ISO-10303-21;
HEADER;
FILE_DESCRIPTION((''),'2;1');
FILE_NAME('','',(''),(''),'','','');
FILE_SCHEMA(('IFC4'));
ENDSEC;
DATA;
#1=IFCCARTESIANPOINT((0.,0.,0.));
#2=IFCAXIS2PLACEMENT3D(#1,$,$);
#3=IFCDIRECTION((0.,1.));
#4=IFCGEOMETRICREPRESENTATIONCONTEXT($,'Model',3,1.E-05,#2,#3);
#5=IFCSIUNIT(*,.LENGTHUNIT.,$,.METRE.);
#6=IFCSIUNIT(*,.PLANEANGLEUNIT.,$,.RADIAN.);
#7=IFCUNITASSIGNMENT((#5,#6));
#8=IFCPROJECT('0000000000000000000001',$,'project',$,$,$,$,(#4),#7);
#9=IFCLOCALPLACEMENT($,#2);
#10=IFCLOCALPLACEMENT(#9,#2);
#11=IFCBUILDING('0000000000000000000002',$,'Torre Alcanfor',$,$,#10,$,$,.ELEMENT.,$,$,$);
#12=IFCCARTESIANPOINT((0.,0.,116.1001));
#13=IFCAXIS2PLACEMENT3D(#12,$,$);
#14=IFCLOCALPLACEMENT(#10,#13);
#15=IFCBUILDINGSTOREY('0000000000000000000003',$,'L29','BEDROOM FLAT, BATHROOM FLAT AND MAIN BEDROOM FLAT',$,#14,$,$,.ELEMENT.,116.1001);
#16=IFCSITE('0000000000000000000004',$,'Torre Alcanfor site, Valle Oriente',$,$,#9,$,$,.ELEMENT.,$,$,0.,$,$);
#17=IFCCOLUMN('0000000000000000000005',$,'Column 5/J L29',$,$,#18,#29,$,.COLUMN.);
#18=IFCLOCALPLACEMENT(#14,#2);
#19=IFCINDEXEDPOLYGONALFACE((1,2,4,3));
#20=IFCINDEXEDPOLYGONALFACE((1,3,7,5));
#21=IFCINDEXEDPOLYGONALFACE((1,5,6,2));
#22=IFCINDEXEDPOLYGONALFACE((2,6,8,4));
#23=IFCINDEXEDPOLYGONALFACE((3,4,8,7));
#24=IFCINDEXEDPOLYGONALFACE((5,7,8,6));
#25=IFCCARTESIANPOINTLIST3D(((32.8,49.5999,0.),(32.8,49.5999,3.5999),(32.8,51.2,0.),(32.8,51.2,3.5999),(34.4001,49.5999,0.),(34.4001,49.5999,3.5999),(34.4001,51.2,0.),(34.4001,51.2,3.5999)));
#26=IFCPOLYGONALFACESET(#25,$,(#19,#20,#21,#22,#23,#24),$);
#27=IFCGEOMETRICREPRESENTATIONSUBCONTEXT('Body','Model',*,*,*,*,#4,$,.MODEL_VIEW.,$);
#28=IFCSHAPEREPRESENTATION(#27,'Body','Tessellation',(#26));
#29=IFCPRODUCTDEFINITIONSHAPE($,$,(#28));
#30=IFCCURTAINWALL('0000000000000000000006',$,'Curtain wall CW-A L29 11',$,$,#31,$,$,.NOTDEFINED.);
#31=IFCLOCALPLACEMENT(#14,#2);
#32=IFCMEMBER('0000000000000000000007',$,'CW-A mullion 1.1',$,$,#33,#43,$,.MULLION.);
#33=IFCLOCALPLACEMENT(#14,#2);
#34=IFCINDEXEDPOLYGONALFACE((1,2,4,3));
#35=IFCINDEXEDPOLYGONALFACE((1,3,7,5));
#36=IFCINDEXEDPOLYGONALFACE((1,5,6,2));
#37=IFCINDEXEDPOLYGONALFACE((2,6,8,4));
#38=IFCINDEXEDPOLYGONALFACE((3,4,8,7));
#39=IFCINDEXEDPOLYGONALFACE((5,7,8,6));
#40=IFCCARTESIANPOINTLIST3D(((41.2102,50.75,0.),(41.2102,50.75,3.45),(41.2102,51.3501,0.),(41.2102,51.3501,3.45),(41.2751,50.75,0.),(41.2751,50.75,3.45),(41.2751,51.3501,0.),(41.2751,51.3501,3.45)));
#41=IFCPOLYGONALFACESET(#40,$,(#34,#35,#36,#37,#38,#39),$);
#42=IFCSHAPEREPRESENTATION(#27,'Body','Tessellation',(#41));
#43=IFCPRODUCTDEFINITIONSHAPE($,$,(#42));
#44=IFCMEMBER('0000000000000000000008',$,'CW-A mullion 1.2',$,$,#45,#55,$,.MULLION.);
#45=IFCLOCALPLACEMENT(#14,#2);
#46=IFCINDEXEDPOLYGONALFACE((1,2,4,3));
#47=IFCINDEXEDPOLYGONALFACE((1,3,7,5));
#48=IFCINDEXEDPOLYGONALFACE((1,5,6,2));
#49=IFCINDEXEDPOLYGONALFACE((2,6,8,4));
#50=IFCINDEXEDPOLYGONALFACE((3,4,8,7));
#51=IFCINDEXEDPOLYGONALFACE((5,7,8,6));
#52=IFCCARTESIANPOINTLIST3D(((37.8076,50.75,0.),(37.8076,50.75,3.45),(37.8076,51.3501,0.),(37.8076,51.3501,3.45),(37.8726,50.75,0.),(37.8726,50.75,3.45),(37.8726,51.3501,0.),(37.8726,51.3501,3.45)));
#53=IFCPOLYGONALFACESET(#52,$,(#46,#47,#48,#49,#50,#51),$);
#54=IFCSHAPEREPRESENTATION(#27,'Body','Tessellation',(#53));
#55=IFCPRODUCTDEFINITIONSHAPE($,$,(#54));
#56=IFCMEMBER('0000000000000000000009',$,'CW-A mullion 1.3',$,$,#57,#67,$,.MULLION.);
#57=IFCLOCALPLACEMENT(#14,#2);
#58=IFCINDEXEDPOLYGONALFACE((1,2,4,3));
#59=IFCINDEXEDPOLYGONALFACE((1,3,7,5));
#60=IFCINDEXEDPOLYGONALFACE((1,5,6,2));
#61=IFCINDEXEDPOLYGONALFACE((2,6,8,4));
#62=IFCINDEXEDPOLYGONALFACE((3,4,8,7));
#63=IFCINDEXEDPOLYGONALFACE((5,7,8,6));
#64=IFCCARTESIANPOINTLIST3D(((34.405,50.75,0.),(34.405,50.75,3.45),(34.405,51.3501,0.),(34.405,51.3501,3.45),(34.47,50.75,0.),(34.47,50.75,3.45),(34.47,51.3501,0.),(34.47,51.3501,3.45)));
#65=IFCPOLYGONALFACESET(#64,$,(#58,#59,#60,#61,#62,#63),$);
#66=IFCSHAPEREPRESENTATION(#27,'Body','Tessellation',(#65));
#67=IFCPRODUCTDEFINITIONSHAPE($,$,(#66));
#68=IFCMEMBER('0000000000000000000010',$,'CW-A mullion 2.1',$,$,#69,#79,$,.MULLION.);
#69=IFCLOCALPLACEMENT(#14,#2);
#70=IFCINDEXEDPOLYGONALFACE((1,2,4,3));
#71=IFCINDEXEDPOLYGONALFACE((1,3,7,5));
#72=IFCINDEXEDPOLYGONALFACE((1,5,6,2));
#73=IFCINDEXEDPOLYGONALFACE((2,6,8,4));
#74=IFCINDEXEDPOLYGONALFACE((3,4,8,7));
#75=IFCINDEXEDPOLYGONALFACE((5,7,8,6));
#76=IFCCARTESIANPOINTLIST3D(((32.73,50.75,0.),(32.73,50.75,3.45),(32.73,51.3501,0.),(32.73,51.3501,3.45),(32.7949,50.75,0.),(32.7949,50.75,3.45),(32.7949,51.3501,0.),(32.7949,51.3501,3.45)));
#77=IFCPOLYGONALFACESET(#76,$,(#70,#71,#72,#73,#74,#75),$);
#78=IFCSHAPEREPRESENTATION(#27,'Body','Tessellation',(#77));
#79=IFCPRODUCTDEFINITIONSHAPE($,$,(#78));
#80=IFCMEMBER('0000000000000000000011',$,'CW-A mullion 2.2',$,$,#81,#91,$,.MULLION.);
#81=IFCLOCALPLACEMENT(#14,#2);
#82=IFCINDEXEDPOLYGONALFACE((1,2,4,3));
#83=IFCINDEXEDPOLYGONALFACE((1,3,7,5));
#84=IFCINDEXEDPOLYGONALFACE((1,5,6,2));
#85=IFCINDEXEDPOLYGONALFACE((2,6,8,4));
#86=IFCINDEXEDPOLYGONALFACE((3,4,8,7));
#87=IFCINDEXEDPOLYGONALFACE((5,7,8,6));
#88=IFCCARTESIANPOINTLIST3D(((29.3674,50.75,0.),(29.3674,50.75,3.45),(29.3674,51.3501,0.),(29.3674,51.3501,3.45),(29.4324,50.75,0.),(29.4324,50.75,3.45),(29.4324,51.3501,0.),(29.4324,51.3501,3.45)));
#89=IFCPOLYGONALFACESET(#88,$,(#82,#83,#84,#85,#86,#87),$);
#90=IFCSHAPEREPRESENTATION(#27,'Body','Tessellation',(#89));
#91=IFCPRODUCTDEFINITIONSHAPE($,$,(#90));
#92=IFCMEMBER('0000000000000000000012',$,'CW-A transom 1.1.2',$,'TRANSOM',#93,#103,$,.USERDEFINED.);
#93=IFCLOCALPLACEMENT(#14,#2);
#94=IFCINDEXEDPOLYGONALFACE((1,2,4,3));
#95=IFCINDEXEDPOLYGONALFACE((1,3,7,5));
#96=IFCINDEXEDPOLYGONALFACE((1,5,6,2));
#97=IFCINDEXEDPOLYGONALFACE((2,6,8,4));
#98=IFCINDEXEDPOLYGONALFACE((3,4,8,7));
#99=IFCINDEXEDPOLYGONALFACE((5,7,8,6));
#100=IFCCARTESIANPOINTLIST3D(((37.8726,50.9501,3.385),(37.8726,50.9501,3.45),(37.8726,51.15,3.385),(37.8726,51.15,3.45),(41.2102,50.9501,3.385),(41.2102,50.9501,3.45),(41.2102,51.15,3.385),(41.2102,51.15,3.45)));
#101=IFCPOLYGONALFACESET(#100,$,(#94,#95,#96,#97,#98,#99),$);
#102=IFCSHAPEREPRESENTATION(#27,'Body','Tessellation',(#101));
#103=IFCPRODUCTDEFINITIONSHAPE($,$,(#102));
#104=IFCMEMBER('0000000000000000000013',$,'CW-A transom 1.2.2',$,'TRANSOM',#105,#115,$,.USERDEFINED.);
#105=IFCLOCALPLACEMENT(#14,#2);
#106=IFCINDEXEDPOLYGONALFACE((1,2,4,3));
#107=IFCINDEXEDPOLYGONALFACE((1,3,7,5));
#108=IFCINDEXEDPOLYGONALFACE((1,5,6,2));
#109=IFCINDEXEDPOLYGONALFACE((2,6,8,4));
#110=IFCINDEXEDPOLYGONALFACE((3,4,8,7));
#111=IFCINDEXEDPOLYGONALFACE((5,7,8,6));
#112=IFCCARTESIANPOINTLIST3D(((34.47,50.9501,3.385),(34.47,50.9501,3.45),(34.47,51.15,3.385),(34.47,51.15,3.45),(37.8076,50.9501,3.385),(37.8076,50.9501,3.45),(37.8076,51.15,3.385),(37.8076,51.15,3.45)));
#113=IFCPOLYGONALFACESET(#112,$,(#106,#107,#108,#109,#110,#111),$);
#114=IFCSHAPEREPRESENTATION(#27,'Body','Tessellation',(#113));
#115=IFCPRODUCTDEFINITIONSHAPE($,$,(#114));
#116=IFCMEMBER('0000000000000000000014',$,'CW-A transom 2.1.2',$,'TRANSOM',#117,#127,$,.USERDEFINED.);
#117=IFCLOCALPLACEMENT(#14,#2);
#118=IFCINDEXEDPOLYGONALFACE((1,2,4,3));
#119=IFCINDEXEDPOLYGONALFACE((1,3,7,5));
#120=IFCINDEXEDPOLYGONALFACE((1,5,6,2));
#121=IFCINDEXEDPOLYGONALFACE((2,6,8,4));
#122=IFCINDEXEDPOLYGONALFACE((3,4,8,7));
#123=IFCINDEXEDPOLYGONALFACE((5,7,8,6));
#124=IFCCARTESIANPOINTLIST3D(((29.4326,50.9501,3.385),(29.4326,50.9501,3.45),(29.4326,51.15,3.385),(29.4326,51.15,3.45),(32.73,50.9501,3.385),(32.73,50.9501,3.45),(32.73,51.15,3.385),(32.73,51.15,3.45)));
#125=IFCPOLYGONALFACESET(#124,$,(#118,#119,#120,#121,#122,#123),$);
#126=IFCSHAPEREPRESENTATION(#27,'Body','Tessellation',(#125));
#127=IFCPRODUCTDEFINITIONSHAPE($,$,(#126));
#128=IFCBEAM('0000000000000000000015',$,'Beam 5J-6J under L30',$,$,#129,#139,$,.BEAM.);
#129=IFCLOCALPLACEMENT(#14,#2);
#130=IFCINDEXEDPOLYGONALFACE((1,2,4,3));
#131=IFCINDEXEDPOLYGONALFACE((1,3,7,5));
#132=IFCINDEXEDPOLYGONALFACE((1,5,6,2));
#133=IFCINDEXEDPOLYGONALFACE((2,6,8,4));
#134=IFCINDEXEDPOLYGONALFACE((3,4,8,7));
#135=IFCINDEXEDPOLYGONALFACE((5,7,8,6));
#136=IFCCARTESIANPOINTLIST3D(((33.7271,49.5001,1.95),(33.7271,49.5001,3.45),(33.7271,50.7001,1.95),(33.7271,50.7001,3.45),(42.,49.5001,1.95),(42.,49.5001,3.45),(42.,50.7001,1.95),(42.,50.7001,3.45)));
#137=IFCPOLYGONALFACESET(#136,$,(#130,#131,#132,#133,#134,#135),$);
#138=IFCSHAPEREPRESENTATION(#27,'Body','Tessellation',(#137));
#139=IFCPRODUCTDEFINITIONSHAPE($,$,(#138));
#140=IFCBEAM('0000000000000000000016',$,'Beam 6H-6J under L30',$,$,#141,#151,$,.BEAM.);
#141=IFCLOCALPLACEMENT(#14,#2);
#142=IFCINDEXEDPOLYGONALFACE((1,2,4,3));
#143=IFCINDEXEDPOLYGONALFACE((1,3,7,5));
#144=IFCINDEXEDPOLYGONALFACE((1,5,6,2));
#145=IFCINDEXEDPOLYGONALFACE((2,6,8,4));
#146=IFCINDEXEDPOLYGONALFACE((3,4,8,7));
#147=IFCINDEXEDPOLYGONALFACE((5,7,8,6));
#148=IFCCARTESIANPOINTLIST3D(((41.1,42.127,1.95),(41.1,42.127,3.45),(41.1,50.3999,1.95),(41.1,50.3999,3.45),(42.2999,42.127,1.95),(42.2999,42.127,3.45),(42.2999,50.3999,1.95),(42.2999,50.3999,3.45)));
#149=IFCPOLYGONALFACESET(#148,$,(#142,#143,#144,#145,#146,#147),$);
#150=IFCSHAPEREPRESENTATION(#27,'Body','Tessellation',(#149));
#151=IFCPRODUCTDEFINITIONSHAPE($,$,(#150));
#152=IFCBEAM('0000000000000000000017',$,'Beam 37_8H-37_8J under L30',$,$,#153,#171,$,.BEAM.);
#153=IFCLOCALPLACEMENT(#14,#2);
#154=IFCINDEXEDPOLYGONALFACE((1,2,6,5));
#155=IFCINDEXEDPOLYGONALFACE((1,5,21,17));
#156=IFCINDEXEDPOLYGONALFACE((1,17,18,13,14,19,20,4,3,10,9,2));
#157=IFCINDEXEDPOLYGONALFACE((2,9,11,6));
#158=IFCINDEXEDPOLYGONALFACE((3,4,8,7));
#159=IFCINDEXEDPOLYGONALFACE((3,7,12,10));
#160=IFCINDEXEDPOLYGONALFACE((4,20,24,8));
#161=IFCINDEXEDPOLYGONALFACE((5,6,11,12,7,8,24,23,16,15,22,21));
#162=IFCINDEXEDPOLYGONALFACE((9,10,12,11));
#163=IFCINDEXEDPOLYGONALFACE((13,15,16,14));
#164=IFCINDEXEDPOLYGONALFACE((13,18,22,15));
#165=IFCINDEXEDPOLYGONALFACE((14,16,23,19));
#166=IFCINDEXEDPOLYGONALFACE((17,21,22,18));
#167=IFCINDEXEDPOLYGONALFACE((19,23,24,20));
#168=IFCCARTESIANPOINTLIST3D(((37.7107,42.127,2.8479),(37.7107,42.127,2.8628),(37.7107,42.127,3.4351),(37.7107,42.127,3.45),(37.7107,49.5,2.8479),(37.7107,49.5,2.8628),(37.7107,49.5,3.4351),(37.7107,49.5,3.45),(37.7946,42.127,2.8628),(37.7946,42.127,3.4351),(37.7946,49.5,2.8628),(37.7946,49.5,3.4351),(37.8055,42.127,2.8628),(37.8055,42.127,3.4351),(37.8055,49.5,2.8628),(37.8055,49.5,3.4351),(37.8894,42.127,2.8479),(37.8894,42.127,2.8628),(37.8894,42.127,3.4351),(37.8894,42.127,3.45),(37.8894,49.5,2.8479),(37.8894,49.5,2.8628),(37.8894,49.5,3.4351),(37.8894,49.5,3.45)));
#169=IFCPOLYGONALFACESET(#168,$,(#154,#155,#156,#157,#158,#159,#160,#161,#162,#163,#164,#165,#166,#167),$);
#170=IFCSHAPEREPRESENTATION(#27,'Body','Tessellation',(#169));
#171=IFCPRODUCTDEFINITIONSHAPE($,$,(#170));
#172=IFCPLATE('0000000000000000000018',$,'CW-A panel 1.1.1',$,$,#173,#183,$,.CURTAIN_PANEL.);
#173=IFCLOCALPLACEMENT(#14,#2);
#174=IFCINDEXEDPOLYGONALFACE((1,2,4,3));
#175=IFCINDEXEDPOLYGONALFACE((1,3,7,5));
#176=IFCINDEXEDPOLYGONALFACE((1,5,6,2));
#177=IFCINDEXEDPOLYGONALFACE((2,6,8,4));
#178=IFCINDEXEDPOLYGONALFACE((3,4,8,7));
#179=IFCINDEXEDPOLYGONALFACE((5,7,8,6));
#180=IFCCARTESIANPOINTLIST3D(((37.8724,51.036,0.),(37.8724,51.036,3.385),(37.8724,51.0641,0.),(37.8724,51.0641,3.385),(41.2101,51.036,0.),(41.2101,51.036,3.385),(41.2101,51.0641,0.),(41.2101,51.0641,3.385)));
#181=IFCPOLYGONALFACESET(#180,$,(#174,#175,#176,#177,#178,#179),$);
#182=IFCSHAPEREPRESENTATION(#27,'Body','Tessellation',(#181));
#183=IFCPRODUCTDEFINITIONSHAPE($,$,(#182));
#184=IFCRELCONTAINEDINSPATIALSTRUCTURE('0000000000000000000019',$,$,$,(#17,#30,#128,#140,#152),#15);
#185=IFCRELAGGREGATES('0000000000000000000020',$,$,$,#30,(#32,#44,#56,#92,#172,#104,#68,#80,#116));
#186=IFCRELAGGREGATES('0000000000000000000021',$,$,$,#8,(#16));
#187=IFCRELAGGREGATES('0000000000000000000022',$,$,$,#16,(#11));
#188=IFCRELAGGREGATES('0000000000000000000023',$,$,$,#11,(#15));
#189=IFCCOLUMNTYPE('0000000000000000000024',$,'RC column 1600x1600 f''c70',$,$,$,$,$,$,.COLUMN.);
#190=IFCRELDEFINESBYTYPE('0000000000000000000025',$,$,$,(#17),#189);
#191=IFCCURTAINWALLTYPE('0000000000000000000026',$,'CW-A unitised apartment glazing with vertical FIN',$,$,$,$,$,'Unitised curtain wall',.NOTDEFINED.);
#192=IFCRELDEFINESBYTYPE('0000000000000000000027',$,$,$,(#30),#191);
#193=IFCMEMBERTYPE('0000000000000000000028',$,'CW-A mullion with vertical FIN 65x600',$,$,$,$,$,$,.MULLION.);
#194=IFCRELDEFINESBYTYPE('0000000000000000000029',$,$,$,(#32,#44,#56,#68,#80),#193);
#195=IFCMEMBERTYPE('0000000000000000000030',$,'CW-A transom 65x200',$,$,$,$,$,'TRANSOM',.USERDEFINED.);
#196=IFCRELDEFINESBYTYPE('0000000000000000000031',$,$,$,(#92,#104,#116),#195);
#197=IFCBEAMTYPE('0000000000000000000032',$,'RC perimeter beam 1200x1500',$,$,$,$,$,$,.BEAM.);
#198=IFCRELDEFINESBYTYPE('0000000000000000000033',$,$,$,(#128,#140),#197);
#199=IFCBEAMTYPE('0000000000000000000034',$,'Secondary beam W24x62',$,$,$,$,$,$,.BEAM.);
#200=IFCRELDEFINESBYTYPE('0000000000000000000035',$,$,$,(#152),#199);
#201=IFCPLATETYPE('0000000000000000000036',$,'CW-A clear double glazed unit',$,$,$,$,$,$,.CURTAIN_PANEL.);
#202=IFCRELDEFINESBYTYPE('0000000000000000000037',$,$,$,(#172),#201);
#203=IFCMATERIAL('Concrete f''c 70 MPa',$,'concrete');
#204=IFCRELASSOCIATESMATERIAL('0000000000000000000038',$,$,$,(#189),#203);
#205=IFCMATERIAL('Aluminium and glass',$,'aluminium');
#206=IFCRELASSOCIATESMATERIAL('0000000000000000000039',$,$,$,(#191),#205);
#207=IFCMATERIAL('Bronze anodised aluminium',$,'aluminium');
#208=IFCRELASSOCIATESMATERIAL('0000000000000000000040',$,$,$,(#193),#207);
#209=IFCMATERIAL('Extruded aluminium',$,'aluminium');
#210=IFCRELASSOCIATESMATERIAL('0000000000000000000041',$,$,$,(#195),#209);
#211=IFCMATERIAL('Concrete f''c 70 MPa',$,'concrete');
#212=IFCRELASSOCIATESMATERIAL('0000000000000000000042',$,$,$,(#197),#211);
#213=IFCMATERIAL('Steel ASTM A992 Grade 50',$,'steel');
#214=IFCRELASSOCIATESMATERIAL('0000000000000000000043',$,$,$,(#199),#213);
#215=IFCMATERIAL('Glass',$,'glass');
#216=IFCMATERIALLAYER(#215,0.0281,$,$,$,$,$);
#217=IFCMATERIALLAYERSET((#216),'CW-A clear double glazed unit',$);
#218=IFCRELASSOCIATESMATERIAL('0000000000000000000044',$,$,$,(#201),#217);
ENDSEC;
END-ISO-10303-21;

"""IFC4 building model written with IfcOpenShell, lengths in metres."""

from ifc_helpers import new_model, si_unit, direction, frame, origin, origin_2d, place, context, subcontext, project, spatial, rectangle, i_section, extrude, material, layer, layer_set, material_profile, profile_set, type_object, element, aggregate, save


model = new_model("IFC4")

# Units and contexts
model_context = context("Model", 3, precision=1e-05, world=origin(), true_north=direction((0.0, 1.0)))
body_context = subcontext(model_context, "Body", "Model", "MODEL_VIEW")
ifc_project = project(units=[si_unit("LENGTHUNIT", "METRE"), si_unit("PLANEANGLEUNIT", "RADIAN")], contexts=[model_context])

# Site, building, storey
site_placement = place(None, origin())
site = spatial("IfcSite", under=ifc_project, at=site_placement, Name="Torre Alcanfor site, Valle Oriente", CompositionType="ELEMENT", RefElevation=0.0)
building_placement = place(site_placement, origin())
building = spatial("IfcBuilding", under=site, at=building_placement, Name="Torre Alcanfor", CompositionType="ELEMENT")
storey_placement = place(building_placement, frame((0.0, 0.0, 116.1001)))
storey = spatial("IfcBuildingStorey", under=building, at=storey_placement, Name="L29", Description="BEDROOM FLAT, BATHROOM FLAT AND MAIN BEDROOM FLAT", CompositionType="ELEMENT", Elevation=116.1001)

# Column
ifc_material_1 = material(Name="Concrete f'c 70 MPa", Category="concrete")
ifc_material_profile_1 = material_profile(ifc_material_1, rectangle(XDim=1.6001, YDim=1.6001, at=origin_2d()), Name="1600x1600")
ifc_profile_set_1 = profile_set([ifc_material_profile_1], Name="Concrete f'c 70 MPa")
column_type = type_object("IfcColumnType", Name="RC column 1600x1600 f'c70", PredefinedType="COLUMN", material=ifc_profile_set_1)
column_placement = place(storey_placement, frame((33.6001, 50.3999, 0.0), z_axis=(0.0, 0.0, 1.0), x_axis=(1.0, 0.0, 0.0)))
element("IfcColumn", 1, at=column_placement, inside=storey, type_object=column_type, Name="Column 5/J L29", PredefinedType="COLUMN", context=body_context, shape_type="SweptSolid", body=[
    extrude(rectangle(XDim=1.6001, YDim=1.6001, at=origin_2d()), origin(), (0.0, 0.0, 1.0), 3.5999),
])

# Curtain wall, members
ifc_material_2 = material(Name="Aluminium and glass", Category="aluminium")
curtain_wall_type = type_object("IfcCurtainWallType", Name="CW-A unitised apartment glazing with vertical FIN", ElementType="Unitised curtain wall", PredefinedType="NOTDEFINED", material=ifc_material_2)
curtain_wall_placement = place(storey_placement, origin())
curtain_wall = element("IfcCurtainWall", 2, at=curtain_wall_placement, inside=storey, type_object=curtain_wall_type, Name="Curtain wall CW-A L29 11", PredefinedType="NOTDEFINED")
ifc_material_3 = material(Name="Bronze anodised aluminium", Category="aluminium")
ifc_material_profile_2 = material_profile(ifc_material_3, rectangle(XDim=0.6001, YDim=0.0649, at=origin_2d()), Name="CW-A mullion 65x600")
ifc_profile_set_2 = profile_set([ifc_material_profile_2], Name="Bronze anodised aluminium")
member_type_1 = type_object("IfcMemberType", Name="CW-A mullion with vertical FIN 65x600", PredefinedType="MULLION", material=ifc_profile_set_2)
member_1_placement = place(storey_placement, frame((41.2427, 51.05, 0.0), z_axis=(0.0, 0.0, 1.0), x_axis=(0.0, -1.0, 0.0)))
member_1 = element("IfcMember", 3, at=member_1_placement, type_object=member_type_1, Name="CW-A mullion 1.1", PredefinedType="MULLION", context=body_context, shape_type="SweptSolid", body=[
    extrude(rectangle(XDim=0.6001, YDim=0.0649, at=origin_2d()), origin(), (0.0, 0.0, 1.0), 3.45),
])
member_2_placement = place(storey_placement, frame((37.8401, 51.05, 0.0), z_axis=(0.0, 0.0, 1.0), x_axis=(0.0, -1.0, 0.0)))
member_2 = element("IfcMember", 4, at=member_2_placement, type_object=member_type_1, Name="CW-A mullion 1.2", PredefinedType="MULLION", context=body_context, shape_type="SweptSolid", body=[
    extrude(rectangle(XDim=0.6001, YDim=0.0649, at=origin_2d()), origin(), (0.0, 0.0, 1.0), 3.45),
])
member_3_placement = place(storey_placement, frame((34.4375, 51.05, 0.0), z_axis=(0.0, 0.0, 1.0), x_axis=(0.0, -1.0, 0.0)))
member_3 = element("IfcMember", 5, at=member_3_placement, type_object=member_type_1, Name="CW-A mullion 1.3", PredefinedType="MULLION", context=body_context, shape_type="SweptSolid", body=[
    extrude(rectangle(XDim=0.6001, YDim=0.0649, at=origin_2d()), origin(), (0.0, 0.0, 1.0), 3.45),
])
member_4_placement = place(storey_placement, frame((32.7625, 51.05, 0.0), z_axis=(0.0, 0.0, 1.0), x_axis=(0.0, -1.0, 0.0)))
member_4 = element("IfcMember", 6, at=member_4_placement, type_object=member_type_1, Name="CW-A mullion 2.1", PredefinedType="MULLION", context=body_context, shape_type="SweptSolid", body=[
    extrude(rectangle(XDim=0.6001, YDim=0.0649, at=origin_2d()), origin(), (0.0, 0.0, 1.0), 3.45),
])
member_5_placement = place(storey_placement, frame((29.3999, 51.05, 0.0), z_axis=(0.0, 0.0, 1.0), x_axis=(0.0, -1.0, 0.0)))
member_5 = element("IfcMember", 7, at=member_5_placement, type_object=member_type_1, Name="CW-A mullion 2.2", PredefinedType="MULLION", context=body_context, shape_type="SweptSolid", body=[
    extrude(rectangle(XDim=0.6001, YDim=0.0649, at=origin_2d()), origin(), (0.0, 0.0, 1.0), 3.45),
])
ifc_material_4 = material(Name="Extruded aluminium", Category="aluminium")
ifc_material_profile_3 = material_profile(ifc_material_4, rectangle(XDim=0.2, YDim=0.0649, at=origin_2d()), Name="CW-A transom 200x65")
ifc_profile_set_3 = profile_set([ifc_material_profile_3], Name="Extruded aluminium")
member_type_2 = type_object("IfcMemberType", Name="CW-A transom 65x200", ElementType="TRANSOM", PredefinedType="USERDEFINED", material=ifc_profile_set_3)
member_6_placement = place(storey_placement, frame((41.2102, 51.05, 3.4175), z_axis=(-1.0, 0.0, 0.0), x_axis=(0.0, -1.0, 0.0)))
member_6 = element("IfcMember", 8, at=member_6_placement, type_object=member_type_2, Name="CW-A transom 1.1.2", ObjectType="TRANSOM", PredefinedType="USERDEFINED", context=body_context, shape_type="SweptSolid", body=[
    extrude(rectangle(XDim=0.2, YDim=0.0649, at=origin_2d()), origin(), (0.0, 0.0, 1.0), 3.3376),
])
member_7_placement = place(storey_placement, frame((37.8076, 51.05, 3.4175), z_axis=(-1.0, 0.0, 0.0), x_axis=(0.0, -1.0, 0.0)))
member_7 = element("IfcMember", 9, at=member_7_placement, type_object=member_type_2, Name="CW-A transom 1.2.2", ObjectType="TRANSOM", PredefinedType="USERDEFINED", context=body_context, shape_type="SweptSolid", body=[
    extrude(rectangle(XDim=0.2, YDim=0.0649, at=origin_2d()), origin(), (0.0, 0.0, 1.0), 3.3376),
])
member_8_placement = place(storey_placement, frame((32.73, 51.05, 3.4175), z_axis=(-1.0, 0.0, 0.0), x_axis=(0.0, -1.0, 0.0)))
member_8 = element("IfcMember", 10, at=member_8_placement, type_object=member_type_2, Name="CW-A transom 2.1.2", ObjectType="TRANSOM", PredefinedType="USERDEFINED", context=body_context, shape_type="SweptSolid", body=[
    extrude(rectangle(XDim=0.2, YDim=0.0649, at=origin_2d()), origin(), (0.0, 0.0, 1.0), 3.2974),
])

# Beams
ifc_material_5 = material(Name="Concrete f'c 70 MPa", Category="concrete")
ifc_material_profile_4 = material_profile(ifc_material_5, rectangle(XDim=1.2, YDim=1.5, at=origin_2d()), Name="1200x1500")
ifc_profile_set_4 = profile_set([ifc_material_profile_4], Name="Concrete f'c 70 MPa")
beam_type_1 = type_object("IfcBeamType", Name="RC perimeter beam 1200x1500", PredefinedType="BEAM", material=ifc_profile_set_4)
for number, where, z_axis, x_axis, name in (
    (11, (33.7271, 50.1001, 2.7), (1.0, 0.0, 0.0), (0.0, 1.0, 0.0), "Beam 5J-6J under L30"),
    (12, (41.7, 42.127, 2.7), (0.0, 1.0, 0.0), (-1.0, 0.0, 0.0), "Beam 6H-6J under L30"),
):
    element("IfcBeam", number, at=place(storey_placement, frame(where, z_axis=z_axis, x_axis=x_axis)), inside=storey, type_object=beam_type_1, Name=name, PredefinedType="BEAM", context=body_context, shape_type="SweptSolid", body=[
        extrude(rectangle(XDim=1.2, YDim=1.5, at=origin_2d()), origin(), (0.0, 0.0, 1.0), 8.2729),
    ])
ifc_material_6 = material(Name="Steel ASTM A992 Grade 50", Category="steel")
ifc_material_profile_5 = material_profile(ifc_material_6, i_section(OverallWidth=0.1787, OverallDepth=0.6021, WebThickness=0.011, FlangeThickness=0.0149, at=origin_2d()), Name="W24x62")
ifc_profile_set_5 = profile_set([ifc_material_profile_5], Name="Steel ASTM A992 Grade 50")
beam_type_2 = type_object("IfcBeamType", Name="Secondary beam W24x62", PredefinedType="BEAM", material=ifc_profile_set_5)
beam_placement = place(storey_placement, frame((37.8, 42.127, 3.1489), z_axis=(0.0, 1.0, 0.0), x_axis=(-1.0, 0.0, 0.0)))
element("IfcBeam", 13, at=beam_placement, inside=storey, type_object=beam_type_2, Name="Beam 37_8H-37_8J under L30", PredefinedType="BEAM", context=body_context, shape_type="SweptSolid", body=[
    extrude(i_section(OverallWidth=0.1787, OverallDepth=0.6021, WebThickness=0.011, FlangeThickness=0.0149, at=origin_2d()), origin(), (0.0, 0.0, 1.0), 7.373),
])

# Plate
ifc_material_7 = material(Name="Glass", Category="glass")
ifc_layer_1 = layer(ifc_material_7, 0.0281)
ifc_layer_set_1 = layer_set([ifc_layer_1], Name="CW-A clear double glazed unit")
plate_type = type_object("IfcPlateType", Name="CW-A clear double glazed unit", PredefinedType="CURTAIN_PANEL", material=ifc_layer_set_1)
plate_1_placement = place(storey_placement, frame((39.5413, 51.05, 0.0), z_axis=(0.0, 0.0, 1.0), x_axis=(-1.0, 0.0, 0.0)))
plate_1 = element("IfcPlate", 14, at=plate_1_placement, type_object=plate_type, Name="CW-A panel 1.1.1", PredefinedType="CURTAIN_PANEL", context=body_context, shape_type="SweptSolid", body=[
    extrude(rectangle(XDim=3.3376, YDim=0.0281, at=origin_2d()), origin(), (0.0, 0.0, 1.0), 3.385),
])
aggregate(curtain_wall, [member_1, member_2, member_3, member_6, plate_1, member_7, member_4, member_5, member_8])

save(model, "model.ifc")
